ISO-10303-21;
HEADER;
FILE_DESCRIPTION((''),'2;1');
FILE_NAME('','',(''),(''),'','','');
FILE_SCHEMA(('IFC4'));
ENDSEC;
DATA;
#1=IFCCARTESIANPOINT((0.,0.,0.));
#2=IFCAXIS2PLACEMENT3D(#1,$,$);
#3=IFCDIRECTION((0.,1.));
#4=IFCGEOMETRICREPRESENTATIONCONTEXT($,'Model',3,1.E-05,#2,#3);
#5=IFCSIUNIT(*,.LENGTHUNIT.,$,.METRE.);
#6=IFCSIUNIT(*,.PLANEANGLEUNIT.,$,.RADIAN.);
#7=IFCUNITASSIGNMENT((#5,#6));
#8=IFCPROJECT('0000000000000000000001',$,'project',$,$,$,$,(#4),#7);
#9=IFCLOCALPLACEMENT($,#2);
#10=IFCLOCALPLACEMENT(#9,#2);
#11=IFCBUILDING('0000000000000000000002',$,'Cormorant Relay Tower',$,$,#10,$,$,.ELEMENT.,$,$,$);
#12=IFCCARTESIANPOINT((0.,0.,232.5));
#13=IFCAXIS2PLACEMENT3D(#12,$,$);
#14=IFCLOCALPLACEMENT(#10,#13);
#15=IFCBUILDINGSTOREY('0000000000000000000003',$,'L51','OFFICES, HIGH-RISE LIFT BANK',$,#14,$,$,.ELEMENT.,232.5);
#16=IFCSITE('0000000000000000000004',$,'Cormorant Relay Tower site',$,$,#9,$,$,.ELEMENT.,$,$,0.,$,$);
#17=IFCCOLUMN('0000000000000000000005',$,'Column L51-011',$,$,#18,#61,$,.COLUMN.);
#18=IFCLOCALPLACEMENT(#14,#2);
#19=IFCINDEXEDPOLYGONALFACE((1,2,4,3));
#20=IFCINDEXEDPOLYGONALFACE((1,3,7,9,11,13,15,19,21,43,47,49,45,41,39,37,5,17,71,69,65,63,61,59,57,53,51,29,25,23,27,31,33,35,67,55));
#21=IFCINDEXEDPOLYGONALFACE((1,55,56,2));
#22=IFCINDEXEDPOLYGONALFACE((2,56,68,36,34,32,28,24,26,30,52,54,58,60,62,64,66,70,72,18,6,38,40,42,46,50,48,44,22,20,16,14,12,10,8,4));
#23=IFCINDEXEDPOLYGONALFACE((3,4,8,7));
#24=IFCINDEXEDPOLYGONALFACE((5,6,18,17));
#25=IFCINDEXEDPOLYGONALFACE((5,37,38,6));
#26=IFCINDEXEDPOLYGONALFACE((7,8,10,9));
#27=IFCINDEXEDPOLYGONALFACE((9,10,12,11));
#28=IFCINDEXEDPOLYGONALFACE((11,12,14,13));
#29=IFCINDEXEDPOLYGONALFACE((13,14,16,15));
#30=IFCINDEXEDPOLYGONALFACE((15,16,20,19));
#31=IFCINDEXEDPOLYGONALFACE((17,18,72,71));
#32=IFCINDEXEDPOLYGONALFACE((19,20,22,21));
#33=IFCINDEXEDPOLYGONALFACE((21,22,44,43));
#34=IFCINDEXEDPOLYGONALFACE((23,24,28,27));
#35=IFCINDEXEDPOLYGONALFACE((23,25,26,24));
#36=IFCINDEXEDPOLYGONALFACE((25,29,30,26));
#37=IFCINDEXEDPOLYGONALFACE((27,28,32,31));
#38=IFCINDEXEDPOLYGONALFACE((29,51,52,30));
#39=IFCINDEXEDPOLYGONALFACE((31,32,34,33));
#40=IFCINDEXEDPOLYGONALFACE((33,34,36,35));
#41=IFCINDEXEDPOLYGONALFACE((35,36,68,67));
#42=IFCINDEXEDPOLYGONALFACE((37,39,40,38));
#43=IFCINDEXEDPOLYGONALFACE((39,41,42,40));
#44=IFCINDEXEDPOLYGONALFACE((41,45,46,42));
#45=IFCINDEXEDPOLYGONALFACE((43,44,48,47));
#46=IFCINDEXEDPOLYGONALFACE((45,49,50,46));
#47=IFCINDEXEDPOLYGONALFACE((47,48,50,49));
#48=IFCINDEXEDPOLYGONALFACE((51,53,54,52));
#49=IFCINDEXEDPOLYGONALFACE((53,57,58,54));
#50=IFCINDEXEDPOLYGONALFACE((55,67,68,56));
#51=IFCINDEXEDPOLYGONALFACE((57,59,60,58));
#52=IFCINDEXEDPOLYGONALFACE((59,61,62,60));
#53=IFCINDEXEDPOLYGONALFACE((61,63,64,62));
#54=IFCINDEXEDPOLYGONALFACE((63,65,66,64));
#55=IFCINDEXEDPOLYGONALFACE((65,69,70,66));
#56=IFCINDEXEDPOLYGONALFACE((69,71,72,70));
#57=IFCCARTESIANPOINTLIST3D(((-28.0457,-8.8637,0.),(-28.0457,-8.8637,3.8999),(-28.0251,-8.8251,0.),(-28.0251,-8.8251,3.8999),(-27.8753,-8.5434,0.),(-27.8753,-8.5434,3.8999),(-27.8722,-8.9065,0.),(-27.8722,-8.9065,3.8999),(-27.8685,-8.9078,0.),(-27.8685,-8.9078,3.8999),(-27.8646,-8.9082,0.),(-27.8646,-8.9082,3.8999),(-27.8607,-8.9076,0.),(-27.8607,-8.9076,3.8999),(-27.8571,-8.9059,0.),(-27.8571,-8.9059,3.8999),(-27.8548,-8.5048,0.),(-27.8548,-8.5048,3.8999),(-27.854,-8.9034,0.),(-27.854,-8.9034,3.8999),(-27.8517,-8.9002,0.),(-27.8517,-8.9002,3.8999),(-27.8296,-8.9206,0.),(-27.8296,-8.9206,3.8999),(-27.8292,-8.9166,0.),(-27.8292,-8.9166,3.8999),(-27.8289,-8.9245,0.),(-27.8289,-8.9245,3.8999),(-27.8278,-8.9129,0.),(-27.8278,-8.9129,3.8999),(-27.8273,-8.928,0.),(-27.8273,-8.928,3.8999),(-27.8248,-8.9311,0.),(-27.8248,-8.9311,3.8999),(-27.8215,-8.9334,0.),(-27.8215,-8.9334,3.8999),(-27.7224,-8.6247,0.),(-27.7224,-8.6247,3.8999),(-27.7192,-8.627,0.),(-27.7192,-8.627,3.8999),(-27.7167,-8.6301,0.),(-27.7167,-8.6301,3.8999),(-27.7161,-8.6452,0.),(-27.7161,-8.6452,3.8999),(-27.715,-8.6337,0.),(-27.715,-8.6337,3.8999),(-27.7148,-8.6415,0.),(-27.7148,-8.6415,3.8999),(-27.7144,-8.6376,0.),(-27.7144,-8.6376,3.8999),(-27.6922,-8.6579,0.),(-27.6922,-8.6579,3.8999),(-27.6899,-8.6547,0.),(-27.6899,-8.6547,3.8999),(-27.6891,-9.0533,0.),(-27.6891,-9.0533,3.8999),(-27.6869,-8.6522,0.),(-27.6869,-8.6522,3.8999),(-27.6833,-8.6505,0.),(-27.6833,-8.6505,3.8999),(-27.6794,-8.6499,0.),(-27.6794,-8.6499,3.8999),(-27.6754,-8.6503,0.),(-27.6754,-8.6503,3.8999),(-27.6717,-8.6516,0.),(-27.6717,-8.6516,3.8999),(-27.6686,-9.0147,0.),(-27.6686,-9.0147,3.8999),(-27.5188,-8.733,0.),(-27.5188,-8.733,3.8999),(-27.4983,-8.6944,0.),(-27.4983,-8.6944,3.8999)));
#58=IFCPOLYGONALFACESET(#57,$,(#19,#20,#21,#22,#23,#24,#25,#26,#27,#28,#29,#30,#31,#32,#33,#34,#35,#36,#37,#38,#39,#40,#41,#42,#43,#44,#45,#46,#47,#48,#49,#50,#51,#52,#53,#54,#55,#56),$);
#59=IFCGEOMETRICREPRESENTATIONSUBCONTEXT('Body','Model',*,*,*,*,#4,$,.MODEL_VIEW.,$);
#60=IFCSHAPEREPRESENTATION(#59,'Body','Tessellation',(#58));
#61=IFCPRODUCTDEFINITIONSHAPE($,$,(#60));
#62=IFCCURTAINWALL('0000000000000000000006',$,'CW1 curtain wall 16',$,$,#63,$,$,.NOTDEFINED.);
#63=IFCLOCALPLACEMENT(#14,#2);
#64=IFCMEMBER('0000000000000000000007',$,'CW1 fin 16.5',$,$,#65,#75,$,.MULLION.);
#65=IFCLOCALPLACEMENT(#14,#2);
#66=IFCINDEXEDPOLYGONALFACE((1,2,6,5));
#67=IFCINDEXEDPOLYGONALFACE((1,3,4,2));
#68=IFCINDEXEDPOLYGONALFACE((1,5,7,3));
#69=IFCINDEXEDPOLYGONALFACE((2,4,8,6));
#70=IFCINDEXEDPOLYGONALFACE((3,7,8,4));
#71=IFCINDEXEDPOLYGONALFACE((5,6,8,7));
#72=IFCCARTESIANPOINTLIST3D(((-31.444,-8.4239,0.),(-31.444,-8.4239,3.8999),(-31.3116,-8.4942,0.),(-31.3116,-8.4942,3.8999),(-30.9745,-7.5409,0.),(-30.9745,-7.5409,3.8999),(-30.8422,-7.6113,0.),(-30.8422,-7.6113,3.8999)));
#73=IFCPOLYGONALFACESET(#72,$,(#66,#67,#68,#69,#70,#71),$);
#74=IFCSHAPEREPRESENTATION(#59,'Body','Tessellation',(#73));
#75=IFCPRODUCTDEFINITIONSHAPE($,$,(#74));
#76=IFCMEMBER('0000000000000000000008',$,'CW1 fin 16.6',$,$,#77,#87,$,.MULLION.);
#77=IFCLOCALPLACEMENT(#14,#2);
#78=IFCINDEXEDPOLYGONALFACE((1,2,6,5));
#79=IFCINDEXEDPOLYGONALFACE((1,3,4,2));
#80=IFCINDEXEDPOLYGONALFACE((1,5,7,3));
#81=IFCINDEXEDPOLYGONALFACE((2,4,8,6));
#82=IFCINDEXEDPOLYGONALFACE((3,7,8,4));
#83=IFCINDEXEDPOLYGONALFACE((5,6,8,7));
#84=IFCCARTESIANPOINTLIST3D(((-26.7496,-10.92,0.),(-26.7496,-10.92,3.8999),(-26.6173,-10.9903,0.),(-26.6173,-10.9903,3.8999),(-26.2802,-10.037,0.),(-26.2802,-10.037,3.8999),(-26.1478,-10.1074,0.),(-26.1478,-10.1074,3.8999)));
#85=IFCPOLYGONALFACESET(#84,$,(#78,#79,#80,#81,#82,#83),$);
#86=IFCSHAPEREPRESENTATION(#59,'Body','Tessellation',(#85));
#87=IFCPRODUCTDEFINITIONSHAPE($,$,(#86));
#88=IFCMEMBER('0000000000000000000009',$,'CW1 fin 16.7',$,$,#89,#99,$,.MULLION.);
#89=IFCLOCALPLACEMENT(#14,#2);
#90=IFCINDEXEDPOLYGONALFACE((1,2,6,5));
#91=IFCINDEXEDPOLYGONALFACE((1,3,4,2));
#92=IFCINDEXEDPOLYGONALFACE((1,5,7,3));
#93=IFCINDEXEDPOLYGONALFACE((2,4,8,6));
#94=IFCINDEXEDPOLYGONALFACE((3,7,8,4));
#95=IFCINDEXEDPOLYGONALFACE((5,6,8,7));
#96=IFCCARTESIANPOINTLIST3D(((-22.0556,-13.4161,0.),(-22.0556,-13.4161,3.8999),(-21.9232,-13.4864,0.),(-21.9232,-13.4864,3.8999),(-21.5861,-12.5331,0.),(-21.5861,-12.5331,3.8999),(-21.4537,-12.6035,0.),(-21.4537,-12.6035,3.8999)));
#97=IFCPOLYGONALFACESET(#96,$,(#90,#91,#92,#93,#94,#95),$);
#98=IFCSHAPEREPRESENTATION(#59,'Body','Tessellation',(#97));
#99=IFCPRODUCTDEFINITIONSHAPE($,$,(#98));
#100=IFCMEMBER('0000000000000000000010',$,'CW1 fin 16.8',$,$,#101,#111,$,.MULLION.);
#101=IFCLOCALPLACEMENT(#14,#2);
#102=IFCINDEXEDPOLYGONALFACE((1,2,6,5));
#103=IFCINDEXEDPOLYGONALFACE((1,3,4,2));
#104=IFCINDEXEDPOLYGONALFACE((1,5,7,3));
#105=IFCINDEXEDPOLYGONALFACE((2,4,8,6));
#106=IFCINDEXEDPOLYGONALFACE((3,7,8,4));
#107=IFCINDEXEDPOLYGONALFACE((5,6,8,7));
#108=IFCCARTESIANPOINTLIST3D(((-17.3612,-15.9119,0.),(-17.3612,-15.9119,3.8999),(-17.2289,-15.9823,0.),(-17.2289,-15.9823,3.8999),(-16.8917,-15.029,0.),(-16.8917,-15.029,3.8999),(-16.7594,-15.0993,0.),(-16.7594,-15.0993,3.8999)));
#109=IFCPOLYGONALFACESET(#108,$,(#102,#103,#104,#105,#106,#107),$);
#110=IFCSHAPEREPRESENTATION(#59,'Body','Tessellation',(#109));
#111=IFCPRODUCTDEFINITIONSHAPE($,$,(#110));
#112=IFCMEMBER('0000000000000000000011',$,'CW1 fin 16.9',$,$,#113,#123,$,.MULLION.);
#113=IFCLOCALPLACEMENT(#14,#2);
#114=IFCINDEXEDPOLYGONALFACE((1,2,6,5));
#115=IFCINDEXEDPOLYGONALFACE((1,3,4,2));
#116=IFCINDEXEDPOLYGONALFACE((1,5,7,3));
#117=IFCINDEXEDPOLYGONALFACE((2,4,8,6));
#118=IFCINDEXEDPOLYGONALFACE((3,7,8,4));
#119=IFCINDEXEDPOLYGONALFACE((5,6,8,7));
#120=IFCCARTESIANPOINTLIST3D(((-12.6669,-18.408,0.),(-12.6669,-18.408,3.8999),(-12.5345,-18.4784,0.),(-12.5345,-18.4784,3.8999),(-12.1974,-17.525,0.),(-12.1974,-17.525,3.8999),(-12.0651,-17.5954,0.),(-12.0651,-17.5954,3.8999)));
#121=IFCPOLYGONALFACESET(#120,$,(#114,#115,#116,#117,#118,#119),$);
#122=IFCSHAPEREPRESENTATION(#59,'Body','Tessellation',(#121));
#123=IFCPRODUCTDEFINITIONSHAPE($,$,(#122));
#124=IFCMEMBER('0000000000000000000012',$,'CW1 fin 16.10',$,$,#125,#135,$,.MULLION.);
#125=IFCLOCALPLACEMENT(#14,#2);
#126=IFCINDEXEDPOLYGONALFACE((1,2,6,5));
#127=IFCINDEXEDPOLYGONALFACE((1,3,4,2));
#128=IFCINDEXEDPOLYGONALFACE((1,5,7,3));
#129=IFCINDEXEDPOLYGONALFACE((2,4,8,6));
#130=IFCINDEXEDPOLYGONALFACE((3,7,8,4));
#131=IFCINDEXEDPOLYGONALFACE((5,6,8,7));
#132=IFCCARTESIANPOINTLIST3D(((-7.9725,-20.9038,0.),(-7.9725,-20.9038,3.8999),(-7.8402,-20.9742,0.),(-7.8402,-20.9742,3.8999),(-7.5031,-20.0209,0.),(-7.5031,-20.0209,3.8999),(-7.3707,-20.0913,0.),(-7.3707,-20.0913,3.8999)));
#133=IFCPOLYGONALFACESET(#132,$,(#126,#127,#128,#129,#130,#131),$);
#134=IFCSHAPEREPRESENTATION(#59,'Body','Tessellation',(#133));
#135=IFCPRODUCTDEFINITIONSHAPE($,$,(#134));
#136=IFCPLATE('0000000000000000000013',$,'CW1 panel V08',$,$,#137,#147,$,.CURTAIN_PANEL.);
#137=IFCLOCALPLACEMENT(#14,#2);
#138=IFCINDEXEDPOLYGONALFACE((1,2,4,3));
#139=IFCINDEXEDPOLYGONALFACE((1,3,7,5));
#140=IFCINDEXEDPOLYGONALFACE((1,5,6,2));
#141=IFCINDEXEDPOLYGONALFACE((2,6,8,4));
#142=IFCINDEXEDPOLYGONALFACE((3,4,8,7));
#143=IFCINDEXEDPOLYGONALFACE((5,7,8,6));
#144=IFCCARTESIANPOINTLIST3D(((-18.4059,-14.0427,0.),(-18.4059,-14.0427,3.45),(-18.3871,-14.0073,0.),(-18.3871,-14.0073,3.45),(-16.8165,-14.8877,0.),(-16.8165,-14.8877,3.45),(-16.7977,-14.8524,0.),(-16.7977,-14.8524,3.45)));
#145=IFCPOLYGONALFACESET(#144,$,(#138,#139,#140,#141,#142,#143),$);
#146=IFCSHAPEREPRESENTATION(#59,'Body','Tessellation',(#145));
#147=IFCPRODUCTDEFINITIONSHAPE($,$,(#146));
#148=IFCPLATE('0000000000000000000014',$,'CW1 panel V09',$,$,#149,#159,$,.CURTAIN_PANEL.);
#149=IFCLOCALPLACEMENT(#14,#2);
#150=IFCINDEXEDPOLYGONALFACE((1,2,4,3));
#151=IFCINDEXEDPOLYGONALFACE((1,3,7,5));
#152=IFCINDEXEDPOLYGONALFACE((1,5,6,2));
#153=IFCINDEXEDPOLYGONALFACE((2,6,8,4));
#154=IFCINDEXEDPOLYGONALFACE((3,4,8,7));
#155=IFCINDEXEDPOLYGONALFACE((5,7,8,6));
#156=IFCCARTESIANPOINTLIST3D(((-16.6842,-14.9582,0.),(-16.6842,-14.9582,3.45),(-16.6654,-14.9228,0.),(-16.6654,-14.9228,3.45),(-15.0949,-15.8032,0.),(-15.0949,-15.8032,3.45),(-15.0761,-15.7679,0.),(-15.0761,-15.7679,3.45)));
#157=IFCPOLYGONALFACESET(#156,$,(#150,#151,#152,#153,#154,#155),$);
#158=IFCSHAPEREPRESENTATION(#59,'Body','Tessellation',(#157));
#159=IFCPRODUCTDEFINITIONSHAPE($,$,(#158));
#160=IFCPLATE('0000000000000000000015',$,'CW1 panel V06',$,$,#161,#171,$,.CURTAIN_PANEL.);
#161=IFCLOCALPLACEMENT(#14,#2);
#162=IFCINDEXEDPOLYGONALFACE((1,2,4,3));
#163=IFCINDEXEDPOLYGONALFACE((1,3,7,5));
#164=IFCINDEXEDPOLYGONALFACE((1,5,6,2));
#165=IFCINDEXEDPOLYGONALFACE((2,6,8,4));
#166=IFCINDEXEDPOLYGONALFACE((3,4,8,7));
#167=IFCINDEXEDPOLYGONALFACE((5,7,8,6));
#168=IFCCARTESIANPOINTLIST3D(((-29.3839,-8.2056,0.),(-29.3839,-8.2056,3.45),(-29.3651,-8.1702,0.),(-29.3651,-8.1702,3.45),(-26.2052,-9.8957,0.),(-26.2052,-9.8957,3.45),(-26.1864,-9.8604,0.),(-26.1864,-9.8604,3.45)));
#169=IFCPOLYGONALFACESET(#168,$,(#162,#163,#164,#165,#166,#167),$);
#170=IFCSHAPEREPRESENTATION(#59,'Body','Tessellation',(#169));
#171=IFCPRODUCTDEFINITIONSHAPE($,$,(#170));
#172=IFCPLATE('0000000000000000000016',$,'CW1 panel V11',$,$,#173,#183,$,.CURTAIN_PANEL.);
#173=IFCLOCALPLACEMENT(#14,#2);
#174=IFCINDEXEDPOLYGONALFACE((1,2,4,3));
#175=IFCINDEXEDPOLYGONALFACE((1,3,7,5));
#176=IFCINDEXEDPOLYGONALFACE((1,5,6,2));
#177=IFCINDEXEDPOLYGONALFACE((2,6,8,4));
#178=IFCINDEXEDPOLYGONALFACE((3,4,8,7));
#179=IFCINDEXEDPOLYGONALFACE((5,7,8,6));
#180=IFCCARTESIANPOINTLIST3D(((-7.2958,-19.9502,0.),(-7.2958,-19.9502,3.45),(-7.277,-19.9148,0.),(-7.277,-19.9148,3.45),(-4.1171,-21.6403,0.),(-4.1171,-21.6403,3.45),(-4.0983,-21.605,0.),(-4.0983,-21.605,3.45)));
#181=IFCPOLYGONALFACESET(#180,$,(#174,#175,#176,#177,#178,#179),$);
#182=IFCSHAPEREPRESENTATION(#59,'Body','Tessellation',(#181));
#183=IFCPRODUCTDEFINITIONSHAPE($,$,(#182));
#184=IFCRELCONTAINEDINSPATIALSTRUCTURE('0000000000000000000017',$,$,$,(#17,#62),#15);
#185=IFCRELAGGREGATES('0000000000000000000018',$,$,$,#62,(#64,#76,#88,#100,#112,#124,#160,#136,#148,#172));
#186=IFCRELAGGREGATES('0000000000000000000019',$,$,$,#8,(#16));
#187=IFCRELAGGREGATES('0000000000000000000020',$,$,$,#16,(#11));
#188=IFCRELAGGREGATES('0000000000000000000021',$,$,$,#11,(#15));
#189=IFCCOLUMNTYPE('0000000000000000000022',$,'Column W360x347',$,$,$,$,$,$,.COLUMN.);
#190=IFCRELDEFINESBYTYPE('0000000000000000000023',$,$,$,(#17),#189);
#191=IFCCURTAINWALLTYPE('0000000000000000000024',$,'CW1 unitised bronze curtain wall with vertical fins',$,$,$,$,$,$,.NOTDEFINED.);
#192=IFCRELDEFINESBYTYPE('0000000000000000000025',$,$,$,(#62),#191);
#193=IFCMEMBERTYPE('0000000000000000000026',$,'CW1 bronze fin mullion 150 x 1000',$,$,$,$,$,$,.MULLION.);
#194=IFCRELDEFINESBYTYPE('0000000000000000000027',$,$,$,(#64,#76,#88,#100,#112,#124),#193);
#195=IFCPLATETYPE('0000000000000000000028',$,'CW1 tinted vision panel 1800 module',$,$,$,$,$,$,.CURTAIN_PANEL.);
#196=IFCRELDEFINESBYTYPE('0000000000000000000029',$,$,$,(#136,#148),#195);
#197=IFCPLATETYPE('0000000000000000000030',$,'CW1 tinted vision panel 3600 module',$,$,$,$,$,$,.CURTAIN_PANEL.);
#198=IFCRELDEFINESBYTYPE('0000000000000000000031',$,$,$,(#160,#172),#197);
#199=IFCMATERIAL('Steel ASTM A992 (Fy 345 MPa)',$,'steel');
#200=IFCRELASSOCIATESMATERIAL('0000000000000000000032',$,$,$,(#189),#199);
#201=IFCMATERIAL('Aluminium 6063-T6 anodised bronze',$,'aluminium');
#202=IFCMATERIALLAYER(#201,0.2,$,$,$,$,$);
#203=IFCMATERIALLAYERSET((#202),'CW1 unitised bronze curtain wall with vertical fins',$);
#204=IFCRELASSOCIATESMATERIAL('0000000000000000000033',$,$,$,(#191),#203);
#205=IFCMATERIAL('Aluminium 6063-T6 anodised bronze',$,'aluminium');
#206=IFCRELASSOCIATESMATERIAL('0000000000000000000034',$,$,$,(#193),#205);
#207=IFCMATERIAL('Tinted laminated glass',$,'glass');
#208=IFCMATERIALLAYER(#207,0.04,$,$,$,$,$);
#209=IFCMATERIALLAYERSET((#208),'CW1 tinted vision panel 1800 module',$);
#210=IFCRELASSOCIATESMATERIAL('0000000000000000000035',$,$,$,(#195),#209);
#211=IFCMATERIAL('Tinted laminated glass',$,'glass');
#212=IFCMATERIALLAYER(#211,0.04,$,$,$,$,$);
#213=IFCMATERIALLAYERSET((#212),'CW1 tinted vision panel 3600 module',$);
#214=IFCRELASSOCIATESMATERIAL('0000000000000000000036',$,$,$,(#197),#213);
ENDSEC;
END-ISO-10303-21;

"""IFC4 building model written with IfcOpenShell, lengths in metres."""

from ifc_helpers import new_model, si_unit, direction, frame, origin, origin_2d, place, context, subcontext, project, spatial, rectangle, i_section, extrude, material, layer, layer_set, material_profile, profile_set, type_object, element, aggregate, save


model = new_model("IFC4")

# Units and contexts
model_context = context("Model", 3, precision=1e-05, world=origin(), true_north=direction((0.0, 1.0)))
body_context = subcontext(model_context, "Body", "Model", "MODEL_VIEW")
ifc_project = project(units=[si_unit("LENGTHUNIT", "METRE"), si_unit("PLANEANGLEUNIT", "RADIAN")], contexts=[model_context])

# Site, building, storey
site_placement = place(None, origin())
site = spatial("IfcSite", under=ifc_project, at=site_placement, Name="Cormorant Relay Tower site", CompositionType="ELEMENT", RefElevation=0.0)
building_placement = place(site_placement, origin())
building = spatial("IfcBuilding", under=site, at=building_placement, Name="Cormorant Relay Tower", CompositionType="ELEMENT")
storey_placement = place(building_placement, frame((0.0, 0.0, 232.5)))
storey = spatial("IfcBuildingStorey", under=building, at=storey_placement, Name="L51", Description="OFFICES, HIGH-RISE LIFT BANK", CompositionType="ELEMENT", Elevation=232.5)

# Column
ifc_material_1 = material(Name="Steel ASTM A992 (Fy 345 MPa)", Category="steel")
ifc_material_profile_1 = material_profile(ifc_material_1, i_section(OverallWidth=0.4038, OverallDepth=0.4065, WebThickness=0.0271, FlangeThickness=0.0437, FilletRadius=0.0151, at=origin_2d()), Name="W360x347")
ifc_profile_set_1 = profile_set([ifc_material_profile_1], Name="Steel ASTM A992 (Fy 345 MPa)")
column_type_1 = type_object("IfcColumnType", Name="Column W360x347", PredefinedType="COLUMN", material=ifc_profile_set_1)
for number, where, z_axis, x_axis, name in (
    (1, (-27.772, -8.7791, 0.0), (0.0, 0.0, 1.0), (0.882948, -0.469472, 0.0), "Column L51-011"),
):
    element("IfcColumn", number, at=place(storey_placement, frame(where, z_axis=z_axis, x_axis=x_axis)), inside=storey, type_object=column_type_1, Name=name, PredefinedType="COLUMN", context=body_context, shape_type="SweptSolid", body=[
        extrude(i_section(OverallWidth=0.4038, OverallDepth=0.4065, WebThickness=0.0271, FlangeThickness=0.0437, FilletRadius=0.0151, at=origin_2d()), origin(), (0.0, 0.0, 1.0), 3.8999),
    ])

# Curtain wall, members, plates
ifc_material_2 = material(Name="Aluminium 6063-T6 anodised bronze", Category="aluminium")
ifc_layer_1 = layer(ifc_material_2, 0.2)
ifc_layer_set_1 = layer_set([ifc_layer_1], Name="CW1 unitised bronze curtain wall with vertical fins")
curtain_wall_type = type_object("IfcCurtainWallType", Name="CW1 unitised bronze curtain wall with vertical fins", PredefinedType="NOTDEFINED", material=ifc_layer_set_1)
curtain_wall_placement = place(storey_placement, origin())
curtain_wall = element("IfcCurtainWall", 2, at=curtain_wall_placement, inside=storey, type_object=curtain_wall_type, Name="CW1 curtain wall 16", PredefinedType="NOTDEFINED")
ifc_material_3 = material(Name="Aluminium 6063-T6 anodised bronze", Category="aluminium")
ifc_material_profile_2 = material_profile(ifc_material_3, rectangle(XDim=0.1499, YDim=1.0, at=origin_2d()), Name="AL 150x1000")
ifc_profile_set_2 = profile_set([ifc_material_profile_2], Name="Aluminium 6063-T6 anodised bronze")
member_type = type_object("IfcMemberType", Name="CW1 bronze fin mullion 150 x 1000", PredefinedType="MULLION", material=ifc_profile_set_2)
member_1_placement = place(storey_placement, frame((-31.1431, -8.0176, 0.0), z_axis=(0.0, 0.0, 1.0), x_axis=(0.882948, -0.469472, 0.0)))
member_1 = element("IfcMember", 3, at=member_1_placement, type_object=member_type, Name="CW1 fin 16.5", PredefinedType="MULLION", context=body_context, shape_type="SweptSolid", body=[
    extrude(rectangle(XDim=0.1499, YDim=1.0, at=origin_2d()), origin(), (0.0, 0.0, 1.0), 3.8999),
])
member_2_placement = place(storey_placement, frame((-26.4487, -10.5137, 0.0), z_axis=(0.0, 0.0, 1.0), x_axis=(0.882948, -0.469472, 0.0)))
member_2 = element("IfcMember", 4, at=member_2_placement, type_object=member_type, Name="CW1 fin 16.6", PredefinedType="MULLION", context=body_context, shape_type="SweptSolid", body=[
    extrude(rectangle(XDim=0.1499, YDim=1.0, at=origin_2d()), origin(), (0.0, 0.0, 1.0), 3.8999),
])
member_3_placement = place(storey_placement, frame((-21.7546, -13.0098, 0.0), z_axis=(0.0, 0.0, 1.0), x_axis=(0.882948, -0.469472, 0.0)))
member_3 = element("IfcMember", 5, at=member_3_placement, type_object=member_type, Name="CW1 fin 16.7", PredefinedType="MULLION", context=body_context, shape_type="SweptSolid", body=[
    extrude(rectangle(XDim=0.1499, YDim=1.0, at=origin_2d()), origin(), (0.0, 0.0, 1.0), 3.8999),
])
member_4_placement = place(storey_placement, frame((-17.0603, -15.5056, 0.0), z_axis=(0.0, 0.0, 1.0), x_axis=(0.882948, -0.469472, 0.0)))
member_4 = element("IfcMember", 6, at=member_4_placement, type_object=member_type, Name="CW1 fin 16.8", PredefinedType="MULLION", context=body_context, shape_type="SweptSolid", body=[
    extrude(rectangle(XDim=0.1499, YDim=1.0, at=origin_2d()), origin(), (0.0, 0.0, 1.0), 3.8999),
])
member_5_placement = place(storey_placement, frame((-12.366, -18.0017, 0.0), z_axis=(0.0, 0.0, 1.0), x_axis=(0.882948, -0.469472, 0.0)))
member_5 = element("IfcMember", 7, at=member_5_placement, type_object=member_type, Name="CW1 fin 16.9", PredefinedType="MULLION", context=body_context, shape_type="SweptSolid", body=[
    extrude(rectangle(XDim=0.1499, YDim=1.0, at=origin_2d()), origin(), (0.0, 0.0, 1.0), 3.8999),
])
member_6_placement = place(storey_placement, frame((-7.6716, -20.4976, 0.0), z_axis=(0.0, 0.0, 1.0), x_axis=(0.882948, -0.469472, 0.0)))
member_6 = element("IfcMember", 8, at=member_6_placement, type_object=member_type, Name="CW1 fin 16.10", PredefinedType="MULLION", context=body_context, shape_type="SweptSolid", body=[
    extrude(rectangle(XDim=0.1499, YDim=1.0, at=origin_2d()), origin(), (0.0, 0.0, 1.0), 3.8999),
])
ifc_material_4 = material(Name="Tinted laminated glass", Category="glass")
ifc_layer_2 = layer(ifc_material_4, 0.04)
ifc_layer_set_2 = layer_set([ifc_layer_2], Name="CW1 tinted vision panel 1800 module")
plate_type_1 = type_object("IfcPlateType", Name="CW1 tinted vision panel 1800 module", PredefinedType="CURTAIN_PANEL", material=ifc_layer_set_2)
plate_1_placement = place(storey_placement, frame((-17.6018, -14.4475, 0.0), z_axis=(0.0, 0.0, 1.0), x_axis=(0.882948, -0.469472, 0.0)))
plate_1 = element("IfcPlate", 9, at=plate_1_placement, type_object=plate_type_1, Name="CW1 panel V08", PredefinedType="CURTAIN_PANEL", context=body_context, shape_type="SweptSolid", body=[
    extrude(rectangle(XDim=1.8, YDim=0.04, at=origin_2d()), origin(), (0.0, 0.0, 1.0), 3.45),
])
plate_2_placement = place(storey_placement, frame((-15.8801, -15.363, 0.0), z_axis=(0.0, 0.0, 1.0), x_axis=(0.882948, -0.469472, 0.0)))
plate_2 = element("IfcPlate", 10, at=plate_2_placement, type_object=plate_type_1, Name="CW1 panel V09", PredefinedType="CURTAIN_PANEL", context=body_context, shape_type="SweptSolid", body=[
    extrude(rectangle(XDim=1.8, YDim=0.04, at=origin_2d()), origin(), (0.0, 0.0, 1.0), 3.45),
])
ifc_material_5 = material(Name="Tinted laminated glass", Category="glass")
ifc_layer_3 = layer(ifc_material_5, 0.04)
ifc_layer_set_3 = layer_set([ifc_layer_3], Name="CW1 tinted vision panel 3600 module")
plate_type_2 = type_object("IfcPlateType", Name="CW1 tinted vision panel 3600 module", PredefinedType="CURTAIN_PANEL", material=ifc_layer_set_3)
plate_3_placement = place(storey_placement, frame((-27.7852, -9.033, 0.0), z_axis=(0.0, 0.0, 1.0), x_axis=(0.882948, -0.469472, 0.0)))
plate_3 = element("IfcPlate", 11, at=plate_3_placement, type_object=plate_type_2, Name="CW1 panel V06", PredefinedType="CURTAIN_PANEL", context=body_context, shape_type="SweptSolid", body=[
    extrude(rectangle(XDim=3.6001, YDim=0.04, at=origin_2d()), origin(), (0.0, 0.0, 1.0), 3.45),
])
plate_4_placement = place(storey_placement, frame((-5.697, -20.7776, 0.0), z_axis=(0.0, 0.0, 1.0), x_axis=(0.882948, -0.469472, 0.0)))
plate_4 = element("IfcPlate", 12, at=plate_4_placement, type_object=plate_type_2, Name="CW1 panel V11", PredefinedType="CURTAIN_PANEL", context=body_context, shape_type="SweptSolid", body=[
    extrude(rectangle(XDim=3.6001, YDim=0.04, at=origin_2d()), origin(), (0.0, 0.0, 1.0), 3.45),
])

aggregate(curtain_wall, [member_1, member_2, member_3, member_4, member_5, member_6, plate_3, plate_1, plate_2, plate_4])

save(model, "model.ifc")
